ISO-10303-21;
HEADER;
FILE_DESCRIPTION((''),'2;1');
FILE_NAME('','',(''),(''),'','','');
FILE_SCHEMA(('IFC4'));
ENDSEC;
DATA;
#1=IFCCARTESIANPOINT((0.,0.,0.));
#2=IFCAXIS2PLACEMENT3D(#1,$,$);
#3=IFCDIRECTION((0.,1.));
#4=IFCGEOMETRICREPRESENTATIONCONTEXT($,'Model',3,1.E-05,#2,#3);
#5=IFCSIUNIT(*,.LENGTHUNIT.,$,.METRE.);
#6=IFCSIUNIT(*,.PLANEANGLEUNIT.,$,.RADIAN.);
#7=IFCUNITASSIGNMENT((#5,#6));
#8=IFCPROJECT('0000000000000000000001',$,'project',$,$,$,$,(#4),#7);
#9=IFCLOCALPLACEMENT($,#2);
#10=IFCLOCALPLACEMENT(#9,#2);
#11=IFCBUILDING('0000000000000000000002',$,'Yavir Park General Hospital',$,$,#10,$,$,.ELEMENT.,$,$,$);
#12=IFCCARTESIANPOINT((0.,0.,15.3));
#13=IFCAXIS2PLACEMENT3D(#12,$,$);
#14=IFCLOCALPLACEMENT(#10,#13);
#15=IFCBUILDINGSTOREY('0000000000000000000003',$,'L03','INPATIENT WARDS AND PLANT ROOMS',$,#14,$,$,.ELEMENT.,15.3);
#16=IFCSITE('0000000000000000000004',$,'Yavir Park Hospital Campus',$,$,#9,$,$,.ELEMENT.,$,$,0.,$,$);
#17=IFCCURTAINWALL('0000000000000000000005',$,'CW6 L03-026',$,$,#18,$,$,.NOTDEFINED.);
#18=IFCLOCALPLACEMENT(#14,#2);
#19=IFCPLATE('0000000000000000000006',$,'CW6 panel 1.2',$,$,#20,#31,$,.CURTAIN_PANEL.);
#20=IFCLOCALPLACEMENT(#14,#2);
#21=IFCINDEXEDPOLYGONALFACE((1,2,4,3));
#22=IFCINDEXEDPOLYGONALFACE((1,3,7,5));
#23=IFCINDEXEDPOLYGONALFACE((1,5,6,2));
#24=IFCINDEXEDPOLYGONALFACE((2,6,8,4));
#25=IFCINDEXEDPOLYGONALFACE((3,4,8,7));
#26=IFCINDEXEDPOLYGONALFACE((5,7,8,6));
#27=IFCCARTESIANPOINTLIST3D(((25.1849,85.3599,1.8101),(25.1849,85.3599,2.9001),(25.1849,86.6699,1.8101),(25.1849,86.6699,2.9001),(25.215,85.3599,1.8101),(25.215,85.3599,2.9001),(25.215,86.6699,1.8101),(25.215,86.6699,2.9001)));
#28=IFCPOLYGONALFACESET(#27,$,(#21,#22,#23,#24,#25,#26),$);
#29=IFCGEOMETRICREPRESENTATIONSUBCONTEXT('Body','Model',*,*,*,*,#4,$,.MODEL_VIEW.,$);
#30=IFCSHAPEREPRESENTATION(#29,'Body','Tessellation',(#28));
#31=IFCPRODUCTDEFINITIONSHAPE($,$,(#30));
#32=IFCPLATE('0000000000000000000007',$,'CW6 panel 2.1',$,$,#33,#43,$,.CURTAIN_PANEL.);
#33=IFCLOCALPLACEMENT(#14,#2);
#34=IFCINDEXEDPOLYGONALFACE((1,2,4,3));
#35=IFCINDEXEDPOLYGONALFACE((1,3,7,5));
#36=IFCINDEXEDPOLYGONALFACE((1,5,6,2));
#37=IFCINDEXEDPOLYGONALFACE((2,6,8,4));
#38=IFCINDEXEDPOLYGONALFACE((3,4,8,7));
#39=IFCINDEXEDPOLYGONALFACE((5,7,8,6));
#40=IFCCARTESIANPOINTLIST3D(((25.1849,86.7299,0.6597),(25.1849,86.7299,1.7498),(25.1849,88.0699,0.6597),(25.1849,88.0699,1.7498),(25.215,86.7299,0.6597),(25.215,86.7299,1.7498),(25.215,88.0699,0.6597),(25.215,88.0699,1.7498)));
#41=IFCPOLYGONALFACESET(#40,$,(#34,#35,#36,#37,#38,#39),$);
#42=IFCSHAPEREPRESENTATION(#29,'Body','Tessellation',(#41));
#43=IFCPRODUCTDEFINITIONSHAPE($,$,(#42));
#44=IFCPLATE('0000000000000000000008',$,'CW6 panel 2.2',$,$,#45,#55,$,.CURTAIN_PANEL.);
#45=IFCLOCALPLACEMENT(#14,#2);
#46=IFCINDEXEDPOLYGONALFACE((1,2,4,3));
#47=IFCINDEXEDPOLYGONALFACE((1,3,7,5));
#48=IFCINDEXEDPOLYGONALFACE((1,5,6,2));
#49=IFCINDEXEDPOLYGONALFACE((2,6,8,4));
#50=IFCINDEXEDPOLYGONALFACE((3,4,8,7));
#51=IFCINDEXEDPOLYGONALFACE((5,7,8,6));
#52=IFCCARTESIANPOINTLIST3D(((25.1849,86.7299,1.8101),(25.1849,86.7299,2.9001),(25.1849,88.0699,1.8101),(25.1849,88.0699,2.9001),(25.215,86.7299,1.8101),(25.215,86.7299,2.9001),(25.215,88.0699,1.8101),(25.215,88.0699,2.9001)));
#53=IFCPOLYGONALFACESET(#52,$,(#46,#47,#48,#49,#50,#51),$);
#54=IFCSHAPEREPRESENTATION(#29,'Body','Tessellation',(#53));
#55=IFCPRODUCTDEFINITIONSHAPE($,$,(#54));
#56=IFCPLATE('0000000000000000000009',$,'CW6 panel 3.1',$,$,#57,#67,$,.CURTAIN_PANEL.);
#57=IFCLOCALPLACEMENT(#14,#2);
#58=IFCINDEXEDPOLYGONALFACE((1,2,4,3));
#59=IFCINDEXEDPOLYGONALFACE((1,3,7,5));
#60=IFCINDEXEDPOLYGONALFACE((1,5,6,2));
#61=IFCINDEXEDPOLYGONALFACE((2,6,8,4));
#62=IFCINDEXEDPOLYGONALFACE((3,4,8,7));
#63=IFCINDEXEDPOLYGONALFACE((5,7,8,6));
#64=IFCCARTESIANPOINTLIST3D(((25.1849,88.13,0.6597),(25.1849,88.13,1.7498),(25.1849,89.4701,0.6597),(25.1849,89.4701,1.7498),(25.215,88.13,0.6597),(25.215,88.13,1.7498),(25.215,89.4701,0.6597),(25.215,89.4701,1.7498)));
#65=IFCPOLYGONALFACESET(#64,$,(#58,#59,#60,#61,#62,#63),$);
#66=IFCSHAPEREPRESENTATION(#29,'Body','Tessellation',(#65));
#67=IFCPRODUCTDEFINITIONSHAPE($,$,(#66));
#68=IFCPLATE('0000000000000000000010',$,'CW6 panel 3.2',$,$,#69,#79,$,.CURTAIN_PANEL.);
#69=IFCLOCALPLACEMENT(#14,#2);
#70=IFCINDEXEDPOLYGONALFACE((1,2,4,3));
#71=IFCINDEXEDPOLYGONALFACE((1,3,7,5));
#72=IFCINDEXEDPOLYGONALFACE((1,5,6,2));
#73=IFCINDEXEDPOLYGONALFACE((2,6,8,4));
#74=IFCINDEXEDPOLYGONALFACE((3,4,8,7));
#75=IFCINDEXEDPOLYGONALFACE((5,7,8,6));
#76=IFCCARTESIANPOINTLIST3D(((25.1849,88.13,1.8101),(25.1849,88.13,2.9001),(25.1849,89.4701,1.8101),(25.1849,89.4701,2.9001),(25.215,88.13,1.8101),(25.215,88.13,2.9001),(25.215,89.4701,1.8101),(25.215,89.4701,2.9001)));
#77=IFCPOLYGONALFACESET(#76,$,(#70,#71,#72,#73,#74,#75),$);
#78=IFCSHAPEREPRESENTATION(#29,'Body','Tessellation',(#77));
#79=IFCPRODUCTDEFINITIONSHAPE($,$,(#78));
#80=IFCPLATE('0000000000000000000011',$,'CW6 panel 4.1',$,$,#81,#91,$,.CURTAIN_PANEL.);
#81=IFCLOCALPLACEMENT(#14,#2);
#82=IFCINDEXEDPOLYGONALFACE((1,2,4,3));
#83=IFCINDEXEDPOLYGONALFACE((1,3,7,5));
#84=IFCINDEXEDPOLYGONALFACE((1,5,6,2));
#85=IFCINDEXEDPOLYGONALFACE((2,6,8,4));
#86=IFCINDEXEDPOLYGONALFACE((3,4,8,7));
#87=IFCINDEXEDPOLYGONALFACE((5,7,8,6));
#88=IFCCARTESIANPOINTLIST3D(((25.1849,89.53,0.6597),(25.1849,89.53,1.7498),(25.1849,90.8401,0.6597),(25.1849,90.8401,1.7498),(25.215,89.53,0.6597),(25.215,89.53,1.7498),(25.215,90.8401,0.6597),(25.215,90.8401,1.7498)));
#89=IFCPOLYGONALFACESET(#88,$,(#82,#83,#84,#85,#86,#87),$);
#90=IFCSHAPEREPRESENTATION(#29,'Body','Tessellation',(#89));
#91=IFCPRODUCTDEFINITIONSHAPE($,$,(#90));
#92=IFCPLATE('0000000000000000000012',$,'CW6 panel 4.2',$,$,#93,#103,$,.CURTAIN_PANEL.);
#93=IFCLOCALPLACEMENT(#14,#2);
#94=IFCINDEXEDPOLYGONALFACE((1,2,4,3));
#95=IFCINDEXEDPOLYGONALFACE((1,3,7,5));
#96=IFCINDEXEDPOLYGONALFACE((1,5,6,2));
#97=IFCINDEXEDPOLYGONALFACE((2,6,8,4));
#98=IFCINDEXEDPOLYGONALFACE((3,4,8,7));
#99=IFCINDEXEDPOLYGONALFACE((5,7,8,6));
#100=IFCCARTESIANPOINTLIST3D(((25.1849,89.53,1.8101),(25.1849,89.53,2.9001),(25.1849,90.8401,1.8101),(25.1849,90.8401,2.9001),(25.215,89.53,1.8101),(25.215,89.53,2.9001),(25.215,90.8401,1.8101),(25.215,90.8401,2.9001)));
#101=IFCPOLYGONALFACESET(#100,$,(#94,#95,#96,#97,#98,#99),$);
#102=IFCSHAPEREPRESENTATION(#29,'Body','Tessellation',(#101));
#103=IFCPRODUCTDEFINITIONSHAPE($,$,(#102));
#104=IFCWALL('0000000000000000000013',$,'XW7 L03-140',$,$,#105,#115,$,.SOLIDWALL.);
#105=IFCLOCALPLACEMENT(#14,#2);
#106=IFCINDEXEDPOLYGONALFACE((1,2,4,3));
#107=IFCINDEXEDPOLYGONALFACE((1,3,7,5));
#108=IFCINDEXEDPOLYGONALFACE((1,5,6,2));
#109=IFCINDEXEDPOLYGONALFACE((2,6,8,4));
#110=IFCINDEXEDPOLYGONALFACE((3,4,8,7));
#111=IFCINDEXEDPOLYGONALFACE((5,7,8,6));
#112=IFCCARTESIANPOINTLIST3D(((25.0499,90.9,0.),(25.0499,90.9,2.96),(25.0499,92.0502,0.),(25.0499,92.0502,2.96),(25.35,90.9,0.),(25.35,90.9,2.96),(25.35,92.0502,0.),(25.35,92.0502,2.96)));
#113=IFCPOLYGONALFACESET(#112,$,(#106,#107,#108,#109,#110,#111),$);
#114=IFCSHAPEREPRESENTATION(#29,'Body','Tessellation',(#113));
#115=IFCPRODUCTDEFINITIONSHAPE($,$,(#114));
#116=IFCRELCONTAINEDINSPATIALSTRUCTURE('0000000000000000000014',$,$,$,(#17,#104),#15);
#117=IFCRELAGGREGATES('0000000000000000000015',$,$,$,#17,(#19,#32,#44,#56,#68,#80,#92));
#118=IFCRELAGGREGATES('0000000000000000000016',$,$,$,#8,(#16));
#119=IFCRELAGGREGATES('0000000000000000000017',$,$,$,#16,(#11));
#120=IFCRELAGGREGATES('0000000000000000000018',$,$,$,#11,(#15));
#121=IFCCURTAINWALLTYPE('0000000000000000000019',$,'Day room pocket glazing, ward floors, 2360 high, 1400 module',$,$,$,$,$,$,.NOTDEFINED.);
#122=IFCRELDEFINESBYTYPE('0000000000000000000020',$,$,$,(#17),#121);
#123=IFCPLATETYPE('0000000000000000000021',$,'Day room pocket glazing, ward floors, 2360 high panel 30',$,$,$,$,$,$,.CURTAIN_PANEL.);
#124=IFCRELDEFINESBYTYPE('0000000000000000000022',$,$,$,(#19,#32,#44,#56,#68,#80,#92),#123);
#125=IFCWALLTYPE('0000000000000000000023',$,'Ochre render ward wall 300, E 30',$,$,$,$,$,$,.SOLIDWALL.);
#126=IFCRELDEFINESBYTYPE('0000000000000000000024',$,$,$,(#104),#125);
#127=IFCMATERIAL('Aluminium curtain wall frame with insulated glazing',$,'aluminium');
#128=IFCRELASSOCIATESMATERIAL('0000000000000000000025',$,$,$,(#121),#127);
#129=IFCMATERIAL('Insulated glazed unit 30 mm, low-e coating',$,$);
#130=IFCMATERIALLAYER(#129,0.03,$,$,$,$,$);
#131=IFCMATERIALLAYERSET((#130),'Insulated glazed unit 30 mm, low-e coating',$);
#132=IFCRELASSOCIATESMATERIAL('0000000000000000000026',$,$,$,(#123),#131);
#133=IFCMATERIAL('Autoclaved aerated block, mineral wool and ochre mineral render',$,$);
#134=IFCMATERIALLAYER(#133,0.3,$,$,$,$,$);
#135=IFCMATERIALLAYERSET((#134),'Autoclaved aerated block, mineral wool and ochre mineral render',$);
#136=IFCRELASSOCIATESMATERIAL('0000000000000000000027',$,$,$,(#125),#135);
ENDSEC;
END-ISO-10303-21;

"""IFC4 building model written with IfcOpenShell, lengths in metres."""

from ifc_helpers import new_model, si_unit, direction, frame, frame_2d, origin, origin_2d, place, context, subcontext, project, spatial, rectangle, extrude, material, layer, layer_set, type_object, element, aggregate, save


model = new_model("IFC4")

# Units and contexts
model_context = context("Model", 3, precision=1e-05, world=origin(), true_north=direction((0.0, 1.0)))
body_context = subcontext(model_context, "Body", "Model", "MODEL_VIEW")
ifc_project = project(units=[si_unit("LENGTHUNIT", "METRE"), si_unit("PLANEANGLEUNIT", "RADIAN")], contexts=[model_context])

# Site, building, storey
site_placement = place(None, origin())
site = spatial("IfcSite", under=ifc_project, at=site_placement, Name="Yavir Park Hospital Campus", CompositionType="ELEMENT", RefElevation=0.0)
building_placement = place(site_placement, origin())
building = spatial("IfcBuilding", under=site, at=building_placement, Name="Yavir Park General Hospital", CompositionType="ELEMENT")
storey_placement = place(building_placement, frame((0.0, 0.0, 15.3)))
storey = spatial("IfcBuildingStorey", under=building, at=storey_placement, Name="L03", Description="INPATIENT WARDS AND PLANT ROOMS", CompositionType="ELEMENT", Elevation=15.3)

# Curtain wall, plates
ifc_material_1 = material(Name="Aluminium curtain wall frame with insulated glazing", Category="aluminium")
curtain_wall_type = type_object("IfcCurtainWallType", Name="Day room pocket glazing, ward floors, 2360 high, 1400 module", PredefinedType="NOTDEFINED", material=ifc_material_1)
curtain_wall_placement = place(storey_placement, origin())
curtain_wall = element("IfcCurtainWall", 1, at=curtain_wall_placement, inside=storey, type_object=curtain_wall_type, Name="CW6 L03-026", PredefinedType="NOTDEFINED")
ifc_material_2 = material(Name="Insulated glazed unit 30 mm, low-e coating")
ifc_layer_1 = layer(ifc_material_2, 0.03)
ifc_layer_set_1 = layer_set([ifc_layer_1], Name="Insulated glazed unit 30 mm, low-e coating")
plate_type = type_object("IfcPlateType", Name="Day room pocket glazing, ward floors, 2360 high panel 30", PredefinedType="CURTAIN_PANEL", material=ifc_layer_set_1)
plate_1_placement = place(storey_placement, frame((25.2, 86.0149, 1.8101), z_axis=(0.0, 0.0, 1.0), x_axis=(0.0, 1.0, 0.0)))
plate_1 = element("IfcPlate", 2, at=plate_1_placement, type_object=plate_type, Name="CW6 panel 1.2", PredefinedType="CURTAIN_PANEL", context=body_context, shape_type="SweptSolid", body=[
    extrude(rectangle(XDim=1.3101, YDim=0.03, at=origin_2d()), origin(), (0.0, 0.0, 1.0), 1.0901),
])
plate_2_placement = place(storey_placement, frame((25.2, 87.3999, 0.6597), z_axis=(0.0, 0.0, 1.0), x_axis=(0.0, 1.0, 0.0)))
plate_2 = element("IfcPlate", 3, at=plate_2_placement, type_object=plate_type, Name="CW6 panel 2.1", PredefinedType="CURTAIN_PANEL", context=body_context, shape_type="SweptSolid", body=[
    extrude(rectangle(XDim=1.3401, YDim=0.03, at=origin_2d()), origin(), (0.0, 0.0, 1.0), 1.0901),
])
plate_3_placement = place(storey_placement, frame((25.2, 87.3999, 1.8101), z_axis=(0.0, 0.0, 1.0), x_axis=(0.0, 1.0, 0.0)))
plate_3 = element("IfcPlate", 4, at=plate_3_placement, type_object=plate_type, Name="CW6 panel 2.2", PredefinedType="CURTAIN_PANEL", context=body_context, shape_type="SweptSolid", body=[
    extrude(rectangle(XDim=1.3401, YDim=0.03, at=origin_2d()), origin(), (0.0, 0.0, 1.0), 1.0901),
])
plate_4_placement = place(storey_placement, frame((25.2, 88.8, 0.6597), z_axis=(0.0, 0.0, 1.0), x_axis=(0.0, 1.0, 0.0)))
plate_4 = element("IfcPlate", 5, at=plate_4_placement, type_object=plate_type, Name="CW6 panel 3.1", PredefinedType="CURTAIN_PANEL", context=body_context, shape_type="SweptSolid", body=[
    extrude(rectangle(XDim=1.3401, YDim=0.03, at=origin_2d()), origin(), (0.0, 0.0, 1.0), 1.0901),
])
plate_5_placement = place(storey_placement, frame((25.2, 88.8, 1.8101), z_axis=(0.0, 0.0, 1.0), x_axis=(0.0, 1.0, 0.0)))
plate_5 = element("IfcPlate", 6, at=plate_5_placement, type_object=plate_type, Name="CW6 panel 3.2", PredefinedType="CURTAIN_PANEL", context=body_context, shape_type="SweptSolid", body=[
    extrude(rectangle(XDim=1.3401, YDim=0.03, at=origin_2d()), origin(), (0.0, 0.0, 1.0), 1.0901),
])
plate_6_placement = place(storey_placement, frame((25.2, 90.1851, 0.6597), z_axis=(0.0, 0.0, 1.0), x_axis=(0.0, 1.0, 0.0)))
plate_6 = element("IfcPlate", 7, at=plate_6_placement, type_object=plate_type, Name="CW6 panel 4.1", PredefinedType="CURTAIN_PANEL", context=body_context, shape_type="SweptSolid", body=[
    extrude(rectangle(XDim=1.3101, YDim=0.03, at=origin_2d()), origin(), (0.0, 0.0, 1.0), 1.0901),
])
plate_7_placement = place(storey_placement, frame((25.2, 90.1851, 1.8101), z_axis=(0.0, 0.0, 1.0), x_axis=(0.0, 1.0, 0.0)))
plate_7 = element("IfcPlate", 8, at=plate_7_placement, type_object=plate_type, Name="CW6 panel 4.2", PredefinedType="CURTAIN_PANEL", context=body_context, shape_type="SweptSolid", body=[
    extrude(rectangle(XDim=1.3101, YDim=0.03, at=origin_2d()), origin(), (0.0, 0.0, 1.0), 1.0901),
])
aggregate(curtain_wall, [plate_1, plate_2, plate_3, plate_4, plate_5, plate_6, plate_7])

# Wall
ifc_material_3 = material(Name="Autoclaved aerated block, mineral wool and ochre mineral render")
ifc_layer_2 = layer(ifc_material_3, 0.3)
ifc_layer_set_2 = layer_set([ifc_layer_2], Name="Autoclaved aerated block, mineral wool and ochre mineral render")
wall_type = type_object("IfcWallType", Name="Ochre render ward wall 300, E 30", PredefinedType="SOLIDWALL", material=ifc_layer_set_2)
wall_placement = place(storey_placement, frame((25.2, 90.8999, 0.0), z_axis=(0.0, 0.0, 1.0), x_axis=(0.0, 1.0, 0.0)))
element("IfcWall", 9, at=wall_placement, inside=storey, type_object=wall_type, Name="XW7 L03-140", PredefinedType="SOLIDWALL", context=body_context, shape_type="SweptSolid", body=[
    extrude(rectangle(XDim=1.1501, YDim=0.3, at=frame_2d((0.5752, 0.0))), origin(), (0.0, 0.0, 1.0), 2.96),
])

save(model, "model.ifc")
